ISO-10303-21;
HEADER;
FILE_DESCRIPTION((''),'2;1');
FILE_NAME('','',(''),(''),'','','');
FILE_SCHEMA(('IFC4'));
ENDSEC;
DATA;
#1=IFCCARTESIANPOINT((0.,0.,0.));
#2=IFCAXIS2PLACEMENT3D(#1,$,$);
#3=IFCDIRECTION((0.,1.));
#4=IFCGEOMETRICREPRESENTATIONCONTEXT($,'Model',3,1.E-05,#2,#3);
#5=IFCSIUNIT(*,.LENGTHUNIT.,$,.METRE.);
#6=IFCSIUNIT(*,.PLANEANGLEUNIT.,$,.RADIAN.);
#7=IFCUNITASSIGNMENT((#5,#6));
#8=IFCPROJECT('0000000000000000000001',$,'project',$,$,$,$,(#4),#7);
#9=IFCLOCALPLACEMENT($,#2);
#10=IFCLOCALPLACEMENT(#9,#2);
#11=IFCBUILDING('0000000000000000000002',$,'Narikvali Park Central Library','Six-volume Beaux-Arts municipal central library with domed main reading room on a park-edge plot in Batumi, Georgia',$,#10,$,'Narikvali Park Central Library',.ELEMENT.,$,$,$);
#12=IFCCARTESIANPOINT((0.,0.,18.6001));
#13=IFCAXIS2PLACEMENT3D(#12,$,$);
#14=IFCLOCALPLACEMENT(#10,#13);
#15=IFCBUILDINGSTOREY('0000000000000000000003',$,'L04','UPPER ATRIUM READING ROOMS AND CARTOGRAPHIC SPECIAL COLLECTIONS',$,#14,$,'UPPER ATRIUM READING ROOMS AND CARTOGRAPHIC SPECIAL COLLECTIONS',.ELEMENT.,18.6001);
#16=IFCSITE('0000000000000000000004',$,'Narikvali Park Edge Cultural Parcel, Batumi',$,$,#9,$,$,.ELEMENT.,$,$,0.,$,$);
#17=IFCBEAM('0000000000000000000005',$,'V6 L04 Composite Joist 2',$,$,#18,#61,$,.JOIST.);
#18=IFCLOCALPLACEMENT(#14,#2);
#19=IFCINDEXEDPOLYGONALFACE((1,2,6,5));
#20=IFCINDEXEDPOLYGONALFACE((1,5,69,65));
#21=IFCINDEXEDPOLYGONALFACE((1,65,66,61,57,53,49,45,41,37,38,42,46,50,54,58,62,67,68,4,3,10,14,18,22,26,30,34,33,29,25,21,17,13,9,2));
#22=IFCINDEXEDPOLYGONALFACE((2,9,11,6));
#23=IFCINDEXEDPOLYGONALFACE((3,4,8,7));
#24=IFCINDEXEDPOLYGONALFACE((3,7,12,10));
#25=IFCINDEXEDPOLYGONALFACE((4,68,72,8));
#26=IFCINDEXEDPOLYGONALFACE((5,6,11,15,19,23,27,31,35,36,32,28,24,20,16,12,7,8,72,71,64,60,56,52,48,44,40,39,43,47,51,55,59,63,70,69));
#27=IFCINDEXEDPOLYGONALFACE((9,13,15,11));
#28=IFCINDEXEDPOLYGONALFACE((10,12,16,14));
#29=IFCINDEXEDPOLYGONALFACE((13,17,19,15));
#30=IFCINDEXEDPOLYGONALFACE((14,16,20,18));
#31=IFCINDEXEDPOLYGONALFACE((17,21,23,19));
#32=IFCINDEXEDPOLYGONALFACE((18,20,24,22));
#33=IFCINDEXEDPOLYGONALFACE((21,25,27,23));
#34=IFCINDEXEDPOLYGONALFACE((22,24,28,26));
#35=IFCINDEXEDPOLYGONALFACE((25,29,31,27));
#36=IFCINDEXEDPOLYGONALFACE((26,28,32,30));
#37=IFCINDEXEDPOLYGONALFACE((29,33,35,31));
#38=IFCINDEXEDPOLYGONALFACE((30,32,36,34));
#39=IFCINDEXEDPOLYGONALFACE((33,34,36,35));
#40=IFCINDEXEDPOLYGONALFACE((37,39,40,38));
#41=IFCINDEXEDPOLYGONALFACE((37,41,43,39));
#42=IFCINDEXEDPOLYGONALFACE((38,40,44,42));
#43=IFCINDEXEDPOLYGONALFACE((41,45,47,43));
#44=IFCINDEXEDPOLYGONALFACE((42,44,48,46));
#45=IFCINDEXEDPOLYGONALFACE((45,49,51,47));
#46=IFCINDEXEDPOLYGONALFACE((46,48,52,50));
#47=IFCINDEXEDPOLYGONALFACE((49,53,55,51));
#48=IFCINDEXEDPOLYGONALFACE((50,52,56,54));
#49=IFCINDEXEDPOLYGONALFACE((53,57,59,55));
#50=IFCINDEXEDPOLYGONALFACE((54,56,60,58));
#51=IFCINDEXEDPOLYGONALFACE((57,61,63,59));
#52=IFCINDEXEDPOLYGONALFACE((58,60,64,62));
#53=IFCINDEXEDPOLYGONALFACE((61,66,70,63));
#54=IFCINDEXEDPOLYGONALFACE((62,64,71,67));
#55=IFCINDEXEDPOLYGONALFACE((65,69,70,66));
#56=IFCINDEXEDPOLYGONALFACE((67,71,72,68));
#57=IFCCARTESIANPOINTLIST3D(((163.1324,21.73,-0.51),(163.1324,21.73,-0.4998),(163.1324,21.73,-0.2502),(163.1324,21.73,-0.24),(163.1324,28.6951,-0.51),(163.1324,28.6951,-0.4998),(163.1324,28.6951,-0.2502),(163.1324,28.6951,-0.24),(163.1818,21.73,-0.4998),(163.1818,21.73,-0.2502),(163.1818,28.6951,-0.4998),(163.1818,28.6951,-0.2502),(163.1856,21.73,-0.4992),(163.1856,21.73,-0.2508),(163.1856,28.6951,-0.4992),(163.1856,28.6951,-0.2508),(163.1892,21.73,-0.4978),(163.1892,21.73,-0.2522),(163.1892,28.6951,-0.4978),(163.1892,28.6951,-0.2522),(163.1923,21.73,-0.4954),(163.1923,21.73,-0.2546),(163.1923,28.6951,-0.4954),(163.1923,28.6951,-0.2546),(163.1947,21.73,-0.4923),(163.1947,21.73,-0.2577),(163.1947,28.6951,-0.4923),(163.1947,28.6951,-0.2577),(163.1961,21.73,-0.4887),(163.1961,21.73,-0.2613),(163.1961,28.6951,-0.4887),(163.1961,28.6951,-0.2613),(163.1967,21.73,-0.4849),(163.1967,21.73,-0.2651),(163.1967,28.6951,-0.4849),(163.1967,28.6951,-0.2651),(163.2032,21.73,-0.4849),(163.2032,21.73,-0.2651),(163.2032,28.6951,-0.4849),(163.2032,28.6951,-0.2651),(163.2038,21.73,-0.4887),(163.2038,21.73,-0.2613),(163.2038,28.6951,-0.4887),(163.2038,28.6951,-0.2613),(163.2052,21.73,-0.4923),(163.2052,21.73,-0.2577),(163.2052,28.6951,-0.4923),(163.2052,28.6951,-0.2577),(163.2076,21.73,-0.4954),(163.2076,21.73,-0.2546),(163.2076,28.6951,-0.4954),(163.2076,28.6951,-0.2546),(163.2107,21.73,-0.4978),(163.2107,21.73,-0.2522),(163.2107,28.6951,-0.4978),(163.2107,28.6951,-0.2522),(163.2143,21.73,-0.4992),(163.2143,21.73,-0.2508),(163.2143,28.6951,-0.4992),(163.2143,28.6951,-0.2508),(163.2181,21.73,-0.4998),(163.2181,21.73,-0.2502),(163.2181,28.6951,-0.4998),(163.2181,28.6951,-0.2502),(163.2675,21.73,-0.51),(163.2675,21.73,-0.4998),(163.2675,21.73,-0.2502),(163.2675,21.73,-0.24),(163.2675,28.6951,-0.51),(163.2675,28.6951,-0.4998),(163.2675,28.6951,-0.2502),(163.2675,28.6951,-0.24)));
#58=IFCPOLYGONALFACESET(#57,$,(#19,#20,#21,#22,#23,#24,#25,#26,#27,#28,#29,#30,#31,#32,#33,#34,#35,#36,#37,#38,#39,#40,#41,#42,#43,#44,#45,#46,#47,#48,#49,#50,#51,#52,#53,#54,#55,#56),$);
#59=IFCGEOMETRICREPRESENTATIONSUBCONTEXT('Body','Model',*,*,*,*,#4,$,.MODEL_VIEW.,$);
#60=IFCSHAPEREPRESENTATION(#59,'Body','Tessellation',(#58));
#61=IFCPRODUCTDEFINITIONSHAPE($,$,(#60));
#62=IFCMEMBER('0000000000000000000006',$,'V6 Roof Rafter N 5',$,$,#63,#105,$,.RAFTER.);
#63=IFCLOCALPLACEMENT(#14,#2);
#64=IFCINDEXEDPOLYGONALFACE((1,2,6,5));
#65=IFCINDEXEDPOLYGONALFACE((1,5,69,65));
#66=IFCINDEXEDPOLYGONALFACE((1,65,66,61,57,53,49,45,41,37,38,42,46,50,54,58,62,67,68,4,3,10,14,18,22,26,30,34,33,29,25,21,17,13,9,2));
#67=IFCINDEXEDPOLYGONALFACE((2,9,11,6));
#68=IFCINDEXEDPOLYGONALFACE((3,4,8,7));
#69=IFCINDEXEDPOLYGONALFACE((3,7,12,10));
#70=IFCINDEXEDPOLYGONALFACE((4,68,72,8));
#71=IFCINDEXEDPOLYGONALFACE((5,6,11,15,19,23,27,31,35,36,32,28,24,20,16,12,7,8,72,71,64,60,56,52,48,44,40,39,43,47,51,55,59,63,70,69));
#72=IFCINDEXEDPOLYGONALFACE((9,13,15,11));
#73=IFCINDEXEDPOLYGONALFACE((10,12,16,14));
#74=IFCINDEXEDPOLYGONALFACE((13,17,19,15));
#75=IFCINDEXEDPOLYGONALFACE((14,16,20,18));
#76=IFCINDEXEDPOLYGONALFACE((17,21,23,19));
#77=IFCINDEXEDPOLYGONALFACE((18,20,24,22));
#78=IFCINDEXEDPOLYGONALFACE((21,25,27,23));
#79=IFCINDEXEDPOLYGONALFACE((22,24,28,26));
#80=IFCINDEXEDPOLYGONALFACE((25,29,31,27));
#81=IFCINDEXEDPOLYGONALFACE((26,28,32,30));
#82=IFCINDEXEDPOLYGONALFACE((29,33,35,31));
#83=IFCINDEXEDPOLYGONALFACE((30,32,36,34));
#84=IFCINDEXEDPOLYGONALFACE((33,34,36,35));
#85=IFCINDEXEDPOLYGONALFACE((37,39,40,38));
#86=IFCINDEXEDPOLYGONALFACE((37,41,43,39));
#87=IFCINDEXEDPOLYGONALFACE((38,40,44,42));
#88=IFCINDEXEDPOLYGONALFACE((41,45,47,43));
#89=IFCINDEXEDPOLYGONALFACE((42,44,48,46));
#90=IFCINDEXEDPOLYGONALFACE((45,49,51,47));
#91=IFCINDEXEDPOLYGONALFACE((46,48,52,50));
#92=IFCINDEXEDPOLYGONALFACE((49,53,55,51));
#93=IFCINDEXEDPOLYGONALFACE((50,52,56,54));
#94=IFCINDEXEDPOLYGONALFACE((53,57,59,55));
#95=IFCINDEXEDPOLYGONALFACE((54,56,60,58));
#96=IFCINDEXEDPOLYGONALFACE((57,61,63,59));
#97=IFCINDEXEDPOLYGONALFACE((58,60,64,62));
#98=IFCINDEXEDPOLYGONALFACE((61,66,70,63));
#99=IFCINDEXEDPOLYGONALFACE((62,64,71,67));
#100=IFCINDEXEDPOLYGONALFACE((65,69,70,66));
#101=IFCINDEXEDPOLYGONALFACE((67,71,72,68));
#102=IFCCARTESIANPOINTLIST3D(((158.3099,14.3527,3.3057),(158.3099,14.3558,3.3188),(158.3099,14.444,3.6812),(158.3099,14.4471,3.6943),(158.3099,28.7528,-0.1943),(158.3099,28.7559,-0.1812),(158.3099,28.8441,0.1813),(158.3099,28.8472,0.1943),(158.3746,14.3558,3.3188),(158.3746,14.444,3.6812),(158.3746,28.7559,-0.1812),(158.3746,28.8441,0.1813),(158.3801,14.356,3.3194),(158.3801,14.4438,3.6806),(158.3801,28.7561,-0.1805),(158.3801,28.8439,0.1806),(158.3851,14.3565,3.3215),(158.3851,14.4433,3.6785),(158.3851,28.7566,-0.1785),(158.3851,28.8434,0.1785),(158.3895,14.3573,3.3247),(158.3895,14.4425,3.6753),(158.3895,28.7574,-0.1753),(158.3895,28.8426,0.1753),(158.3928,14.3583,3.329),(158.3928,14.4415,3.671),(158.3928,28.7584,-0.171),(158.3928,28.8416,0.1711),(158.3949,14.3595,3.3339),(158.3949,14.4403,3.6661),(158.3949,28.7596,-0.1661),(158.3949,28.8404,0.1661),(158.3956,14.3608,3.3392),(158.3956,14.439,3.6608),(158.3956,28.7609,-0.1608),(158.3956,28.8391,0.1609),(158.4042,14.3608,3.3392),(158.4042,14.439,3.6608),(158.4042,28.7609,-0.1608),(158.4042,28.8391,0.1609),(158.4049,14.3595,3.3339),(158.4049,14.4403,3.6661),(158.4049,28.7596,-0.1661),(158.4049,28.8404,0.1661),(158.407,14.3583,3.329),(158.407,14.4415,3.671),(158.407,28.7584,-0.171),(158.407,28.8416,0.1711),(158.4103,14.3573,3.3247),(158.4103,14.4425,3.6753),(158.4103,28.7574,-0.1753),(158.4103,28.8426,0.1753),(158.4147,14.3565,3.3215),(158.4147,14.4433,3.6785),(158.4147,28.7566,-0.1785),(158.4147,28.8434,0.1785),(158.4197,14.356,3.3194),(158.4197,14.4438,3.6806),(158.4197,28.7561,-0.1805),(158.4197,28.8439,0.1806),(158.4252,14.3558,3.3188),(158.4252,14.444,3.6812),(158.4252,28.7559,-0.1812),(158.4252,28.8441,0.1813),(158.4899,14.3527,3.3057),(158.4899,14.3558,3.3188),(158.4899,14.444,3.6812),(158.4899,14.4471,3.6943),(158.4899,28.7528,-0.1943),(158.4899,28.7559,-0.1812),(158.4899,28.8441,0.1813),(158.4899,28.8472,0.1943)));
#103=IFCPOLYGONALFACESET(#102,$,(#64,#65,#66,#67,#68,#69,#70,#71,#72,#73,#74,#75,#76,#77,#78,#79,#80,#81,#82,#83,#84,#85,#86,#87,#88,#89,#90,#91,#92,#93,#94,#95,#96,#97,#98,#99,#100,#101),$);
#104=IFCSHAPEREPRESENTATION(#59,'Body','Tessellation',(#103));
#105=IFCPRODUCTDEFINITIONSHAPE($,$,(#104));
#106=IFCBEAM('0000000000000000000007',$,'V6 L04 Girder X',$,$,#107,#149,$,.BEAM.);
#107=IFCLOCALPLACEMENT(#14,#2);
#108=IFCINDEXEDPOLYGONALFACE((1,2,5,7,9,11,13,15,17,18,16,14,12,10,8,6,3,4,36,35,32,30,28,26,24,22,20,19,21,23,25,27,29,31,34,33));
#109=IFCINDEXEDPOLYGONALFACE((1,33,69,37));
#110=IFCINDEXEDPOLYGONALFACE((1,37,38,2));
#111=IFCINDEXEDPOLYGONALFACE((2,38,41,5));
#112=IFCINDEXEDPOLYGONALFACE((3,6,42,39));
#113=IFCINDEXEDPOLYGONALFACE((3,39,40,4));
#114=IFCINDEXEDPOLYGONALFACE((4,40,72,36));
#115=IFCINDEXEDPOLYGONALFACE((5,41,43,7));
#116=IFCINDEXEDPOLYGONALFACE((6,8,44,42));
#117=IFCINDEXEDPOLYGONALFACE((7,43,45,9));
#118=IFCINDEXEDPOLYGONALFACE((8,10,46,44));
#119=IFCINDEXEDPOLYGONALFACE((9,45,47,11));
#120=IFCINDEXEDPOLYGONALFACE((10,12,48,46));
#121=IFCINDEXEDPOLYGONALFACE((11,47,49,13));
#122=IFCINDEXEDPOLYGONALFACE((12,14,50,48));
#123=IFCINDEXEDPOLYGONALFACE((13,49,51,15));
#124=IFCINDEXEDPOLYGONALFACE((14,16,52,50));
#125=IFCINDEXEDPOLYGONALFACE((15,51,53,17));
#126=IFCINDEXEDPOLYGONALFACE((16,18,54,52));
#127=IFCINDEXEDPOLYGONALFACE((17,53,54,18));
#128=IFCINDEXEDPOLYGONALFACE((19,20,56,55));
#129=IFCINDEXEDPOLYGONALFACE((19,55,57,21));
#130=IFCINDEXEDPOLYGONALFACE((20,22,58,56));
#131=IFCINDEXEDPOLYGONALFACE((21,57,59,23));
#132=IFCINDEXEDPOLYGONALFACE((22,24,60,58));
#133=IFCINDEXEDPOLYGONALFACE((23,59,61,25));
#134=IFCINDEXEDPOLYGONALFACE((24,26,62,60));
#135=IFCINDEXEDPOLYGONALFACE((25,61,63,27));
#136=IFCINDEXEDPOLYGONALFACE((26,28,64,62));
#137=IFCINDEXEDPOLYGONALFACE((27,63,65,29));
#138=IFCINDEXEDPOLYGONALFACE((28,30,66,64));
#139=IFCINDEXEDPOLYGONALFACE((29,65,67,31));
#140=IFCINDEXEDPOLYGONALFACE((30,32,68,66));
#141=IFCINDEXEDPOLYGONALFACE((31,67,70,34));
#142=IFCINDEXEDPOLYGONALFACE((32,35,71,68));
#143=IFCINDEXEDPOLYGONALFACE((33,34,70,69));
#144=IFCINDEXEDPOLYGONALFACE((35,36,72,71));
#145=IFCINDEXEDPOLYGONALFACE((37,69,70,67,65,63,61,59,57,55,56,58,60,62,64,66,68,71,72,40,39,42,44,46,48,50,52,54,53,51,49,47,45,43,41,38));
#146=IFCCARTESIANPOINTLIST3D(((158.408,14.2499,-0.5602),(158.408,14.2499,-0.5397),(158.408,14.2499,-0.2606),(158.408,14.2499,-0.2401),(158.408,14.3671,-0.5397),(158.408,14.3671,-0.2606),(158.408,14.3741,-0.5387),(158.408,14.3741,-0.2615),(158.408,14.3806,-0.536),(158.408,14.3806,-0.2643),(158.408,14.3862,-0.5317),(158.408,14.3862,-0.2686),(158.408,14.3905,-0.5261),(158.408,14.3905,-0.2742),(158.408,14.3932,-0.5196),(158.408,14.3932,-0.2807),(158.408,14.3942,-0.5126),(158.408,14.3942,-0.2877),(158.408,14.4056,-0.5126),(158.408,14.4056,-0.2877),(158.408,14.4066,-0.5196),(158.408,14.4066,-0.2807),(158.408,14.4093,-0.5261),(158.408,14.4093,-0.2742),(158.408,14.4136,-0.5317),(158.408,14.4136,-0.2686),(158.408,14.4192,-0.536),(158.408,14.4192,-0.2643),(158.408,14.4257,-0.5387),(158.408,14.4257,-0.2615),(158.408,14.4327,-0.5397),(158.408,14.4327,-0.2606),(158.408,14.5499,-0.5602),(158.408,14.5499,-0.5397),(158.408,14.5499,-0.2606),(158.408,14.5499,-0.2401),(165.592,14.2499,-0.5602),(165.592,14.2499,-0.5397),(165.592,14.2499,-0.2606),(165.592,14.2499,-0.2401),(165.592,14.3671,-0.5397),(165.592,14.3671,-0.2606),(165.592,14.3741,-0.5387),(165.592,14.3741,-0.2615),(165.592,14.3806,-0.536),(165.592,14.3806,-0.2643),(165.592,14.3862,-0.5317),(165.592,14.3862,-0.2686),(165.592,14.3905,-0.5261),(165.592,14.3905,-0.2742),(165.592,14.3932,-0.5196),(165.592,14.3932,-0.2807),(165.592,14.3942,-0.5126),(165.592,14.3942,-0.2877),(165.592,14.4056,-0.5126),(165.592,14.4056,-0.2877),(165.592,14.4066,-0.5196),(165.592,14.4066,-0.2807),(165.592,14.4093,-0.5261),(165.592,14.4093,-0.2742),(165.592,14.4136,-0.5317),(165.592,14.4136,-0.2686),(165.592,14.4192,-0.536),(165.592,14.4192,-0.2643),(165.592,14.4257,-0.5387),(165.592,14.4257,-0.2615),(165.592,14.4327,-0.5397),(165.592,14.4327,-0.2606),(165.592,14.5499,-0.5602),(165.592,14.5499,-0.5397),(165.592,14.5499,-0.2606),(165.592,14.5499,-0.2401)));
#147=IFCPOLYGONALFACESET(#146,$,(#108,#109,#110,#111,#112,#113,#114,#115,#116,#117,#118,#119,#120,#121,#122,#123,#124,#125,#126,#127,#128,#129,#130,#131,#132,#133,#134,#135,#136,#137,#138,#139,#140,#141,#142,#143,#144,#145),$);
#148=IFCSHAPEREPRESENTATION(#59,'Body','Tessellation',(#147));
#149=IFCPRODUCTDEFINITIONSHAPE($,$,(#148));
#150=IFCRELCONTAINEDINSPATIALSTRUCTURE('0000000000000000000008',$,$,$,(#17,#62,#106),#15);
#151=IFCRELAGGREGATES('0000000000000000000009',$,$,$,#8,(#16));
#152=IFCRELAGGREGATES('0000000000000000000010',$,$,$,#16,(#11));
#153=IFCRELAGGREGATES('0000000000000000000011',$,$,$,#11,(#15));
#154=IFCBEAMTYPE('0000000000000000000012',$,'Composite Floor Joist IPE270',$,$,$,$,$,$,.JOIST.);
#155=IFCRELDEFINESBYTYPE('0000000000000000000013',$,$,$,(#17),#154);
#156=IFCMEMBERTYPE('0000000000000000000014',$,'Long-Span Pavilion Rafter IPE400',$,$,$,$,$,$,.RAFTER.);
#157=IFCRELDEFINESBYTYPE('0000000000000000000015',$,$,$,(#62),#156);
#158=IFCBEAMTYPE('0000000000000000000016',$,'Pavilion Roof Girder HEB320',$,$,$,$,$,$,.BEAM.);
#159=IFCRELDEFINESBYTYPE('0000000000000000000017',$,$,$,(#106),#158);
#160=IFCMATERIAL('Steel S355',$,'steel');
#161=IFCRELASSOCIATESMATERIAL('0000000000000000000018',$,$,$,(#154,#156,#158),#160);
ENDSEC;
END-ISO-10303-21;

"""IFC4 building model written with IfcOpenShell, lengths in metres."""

from ifc_helpers import new_model, si_unit, direction, frame, origin, origin_2d, place, context, subcontext, project, spatial, i_section, extrude, material, material_profile, profile_set, type_object, element, save


model = new_model("IFC4")

# Units and contexts
model_context = context("Model", 3, precision=1e-05, world=origin(), true_north=direction((0.0, 1.0)))
body_context = subcontext(model_context, "Body", "Model", "MODEL_VIEW")
ifc_project = project(units=[si_unit("LENGTHUNIT", "METRE"), si_unit("PLANEANGLEUNIT", "RADIAN")], contexts=[model_context])

# Site, building, storey
site_placement = place(None, origin())
site = spatial("IfcSite", under=ifc_project, at=site_placement, Name="Narikvali Park Edge Cultural Parcel, Batumi", CompositionType="ELEMENT", RefElevation=0.0)
building_placement = place(site_placement, origin())
building = spatial("IfcBuilding", under=site, at=building_placement, Name="Narikvali Park Central Library", Description="Six-volume Beaux-Arts municipal central library with domed main reading room on a park-edge plot in Batumi, Georgia", LongName="Narikvali Park Central Library", CompositionType="ELEMENT")
storey_placement = place(building_placement, frame((0.0, 0.0, 18.6001)))
storey = spatial("IfcBuildingStorey", under=building, at=storey_placement, Name="L04", Description="UPPER ATRIUM READING ROOMS AND CARTOGRAPHIC SPECIAL COLLECTIONS", LongName="UPPER ATRIUM READING ROOMS AND CARTOGRAPHIC SPECIAL COLLECTIONS", CompositionType="ELEMENT", Elevation=18.6001)

# Shared definitions
ifc_material_1 = material(Name="Steel S355", Category="steel")

# Beam
ifc_material_profile_1 = material_profile(ifc_material_1, i_section(OverallWidth=0.135, OverallDepth=0.27, WebThickness=0.0066, FlangeThickness=0.0103, FilletRadius=0.0149, at=origin_2d()), Name="IPE 270")
ifc_profile_set_1 = profile_set([ifc_material_profile_1], Name="Steel S355")
beam_type_1 = type_object("IfcBeamType", Name="Composite Floor Joist IPE270", PredefinedType="JOIST", material=ifc_profile_set_1)
for number, where, z_axis, x_axis, name in (
    (1, (163.2, 21.73, -0.375), (0.0, 1.0, 0.0), (-1.0, 0.0, 0.0), "V6 L04 Composite Joist 2"),
):
    element("IfcBeam", number, at=place(storey_placement, frame(where, z_axis=z_axis, x_axis=x_axis)), inside=storey, type_object=beam_type_1, Name=name, PredefinedType="JOIST", context=body_context, shape_type="SweptSolid", body=[
        extrude(i_section(OverallWidth=0.135, OverallDepth=0.27, WebThickness=0.0066, FlangeThickness=0.0103, FilletRadius=0.0149, at=origin_2d()), origin(), (0.0, 0.0, 1.0), 6.9651),
    ])

# Member
ifc_material_profile_2 = material_profile(ifc_material_1, i_section(OverallWidth=0.1799, OverallDepth=0.3999, WebThickness=0.0085, FlangeThickness=0.0134, FilletRadius=0.021, at=origin_2d()), Name="IPE 400")
ifc_profile_set_2 = profile_set([ifc_material_profile_2], Name="Steel S355")
member_type_1 = type_object("IfcMemberType", Name="Long-Span Pavilion Rafter IPE400", PredefinedType="RAFTER", material=ifc_profile_set_2)
member_1_placement = place(storey_placement, frame((158.3999, 14.3999, 3.5), z_axis=(0.0, 0.97171, -0.236177), x_axis=(-1.0, 0.0, 0.0)))
element("IfcMember", 2, at=member_1_placement, inside=storey, type_object=member_type_1, Name="V6 Roof Rafter N 5", PredefinedType="RAFTER", context=body_context, shape_type="SweptSolid", body=[
    extrude(i_section(OverallWidth=0.1799, OverallDepth=0.3999, WebThickness=0.0085, FlangeThickness=0.0134, FilletRadius=0.021, at=origin_2d()), origin(), (0.0, 0.0, 1.0), 14.8193),
])

# Beam
ifc_material_profile_3 = material_profile(ifc_material_1, i_section(OverallWidth=0.3, OverallDepth=0.3201, WebThickness=0.0115, FlangeThickness=0.0205, FilletRadius=0.0271, at=origin_2d()), Name="HEB 320")
ifc_profile_set_3 = profile_set([ifc_material_profile_3], Name="Steel S355")
beam_type_2 = type_object("IfcBeamType", Name="Pavilion Roof Girder HEB320", PredefinedType="BEAM", material=ifc_profile_set_3)
beam_placement = place(storey_placement, frame((158.408, 14.3999, -0.4001), z_axis=(1.0, 0.0, 0.0), x_axis=(0.0, 1.0, 0.0)))
element("IfcBeam", 3, at=beam_placement, inside=storey, type_object=beam_type_2, Name="V6 L04 Girder X", PredefinedType="BEAM", context=body_context, shape_type="SweptSolid", body=[
    extrude(i_section(OverallWidth=0.3, OverallDepth=0.3201, WebThickness=0.0115, FlangeThickness=0.0205, FilletRadius=0.0271, at=origin_2d()), origin(), (0.0, 0.0, 1.0), 7.1841),
])

save(model, "model.ifc")
